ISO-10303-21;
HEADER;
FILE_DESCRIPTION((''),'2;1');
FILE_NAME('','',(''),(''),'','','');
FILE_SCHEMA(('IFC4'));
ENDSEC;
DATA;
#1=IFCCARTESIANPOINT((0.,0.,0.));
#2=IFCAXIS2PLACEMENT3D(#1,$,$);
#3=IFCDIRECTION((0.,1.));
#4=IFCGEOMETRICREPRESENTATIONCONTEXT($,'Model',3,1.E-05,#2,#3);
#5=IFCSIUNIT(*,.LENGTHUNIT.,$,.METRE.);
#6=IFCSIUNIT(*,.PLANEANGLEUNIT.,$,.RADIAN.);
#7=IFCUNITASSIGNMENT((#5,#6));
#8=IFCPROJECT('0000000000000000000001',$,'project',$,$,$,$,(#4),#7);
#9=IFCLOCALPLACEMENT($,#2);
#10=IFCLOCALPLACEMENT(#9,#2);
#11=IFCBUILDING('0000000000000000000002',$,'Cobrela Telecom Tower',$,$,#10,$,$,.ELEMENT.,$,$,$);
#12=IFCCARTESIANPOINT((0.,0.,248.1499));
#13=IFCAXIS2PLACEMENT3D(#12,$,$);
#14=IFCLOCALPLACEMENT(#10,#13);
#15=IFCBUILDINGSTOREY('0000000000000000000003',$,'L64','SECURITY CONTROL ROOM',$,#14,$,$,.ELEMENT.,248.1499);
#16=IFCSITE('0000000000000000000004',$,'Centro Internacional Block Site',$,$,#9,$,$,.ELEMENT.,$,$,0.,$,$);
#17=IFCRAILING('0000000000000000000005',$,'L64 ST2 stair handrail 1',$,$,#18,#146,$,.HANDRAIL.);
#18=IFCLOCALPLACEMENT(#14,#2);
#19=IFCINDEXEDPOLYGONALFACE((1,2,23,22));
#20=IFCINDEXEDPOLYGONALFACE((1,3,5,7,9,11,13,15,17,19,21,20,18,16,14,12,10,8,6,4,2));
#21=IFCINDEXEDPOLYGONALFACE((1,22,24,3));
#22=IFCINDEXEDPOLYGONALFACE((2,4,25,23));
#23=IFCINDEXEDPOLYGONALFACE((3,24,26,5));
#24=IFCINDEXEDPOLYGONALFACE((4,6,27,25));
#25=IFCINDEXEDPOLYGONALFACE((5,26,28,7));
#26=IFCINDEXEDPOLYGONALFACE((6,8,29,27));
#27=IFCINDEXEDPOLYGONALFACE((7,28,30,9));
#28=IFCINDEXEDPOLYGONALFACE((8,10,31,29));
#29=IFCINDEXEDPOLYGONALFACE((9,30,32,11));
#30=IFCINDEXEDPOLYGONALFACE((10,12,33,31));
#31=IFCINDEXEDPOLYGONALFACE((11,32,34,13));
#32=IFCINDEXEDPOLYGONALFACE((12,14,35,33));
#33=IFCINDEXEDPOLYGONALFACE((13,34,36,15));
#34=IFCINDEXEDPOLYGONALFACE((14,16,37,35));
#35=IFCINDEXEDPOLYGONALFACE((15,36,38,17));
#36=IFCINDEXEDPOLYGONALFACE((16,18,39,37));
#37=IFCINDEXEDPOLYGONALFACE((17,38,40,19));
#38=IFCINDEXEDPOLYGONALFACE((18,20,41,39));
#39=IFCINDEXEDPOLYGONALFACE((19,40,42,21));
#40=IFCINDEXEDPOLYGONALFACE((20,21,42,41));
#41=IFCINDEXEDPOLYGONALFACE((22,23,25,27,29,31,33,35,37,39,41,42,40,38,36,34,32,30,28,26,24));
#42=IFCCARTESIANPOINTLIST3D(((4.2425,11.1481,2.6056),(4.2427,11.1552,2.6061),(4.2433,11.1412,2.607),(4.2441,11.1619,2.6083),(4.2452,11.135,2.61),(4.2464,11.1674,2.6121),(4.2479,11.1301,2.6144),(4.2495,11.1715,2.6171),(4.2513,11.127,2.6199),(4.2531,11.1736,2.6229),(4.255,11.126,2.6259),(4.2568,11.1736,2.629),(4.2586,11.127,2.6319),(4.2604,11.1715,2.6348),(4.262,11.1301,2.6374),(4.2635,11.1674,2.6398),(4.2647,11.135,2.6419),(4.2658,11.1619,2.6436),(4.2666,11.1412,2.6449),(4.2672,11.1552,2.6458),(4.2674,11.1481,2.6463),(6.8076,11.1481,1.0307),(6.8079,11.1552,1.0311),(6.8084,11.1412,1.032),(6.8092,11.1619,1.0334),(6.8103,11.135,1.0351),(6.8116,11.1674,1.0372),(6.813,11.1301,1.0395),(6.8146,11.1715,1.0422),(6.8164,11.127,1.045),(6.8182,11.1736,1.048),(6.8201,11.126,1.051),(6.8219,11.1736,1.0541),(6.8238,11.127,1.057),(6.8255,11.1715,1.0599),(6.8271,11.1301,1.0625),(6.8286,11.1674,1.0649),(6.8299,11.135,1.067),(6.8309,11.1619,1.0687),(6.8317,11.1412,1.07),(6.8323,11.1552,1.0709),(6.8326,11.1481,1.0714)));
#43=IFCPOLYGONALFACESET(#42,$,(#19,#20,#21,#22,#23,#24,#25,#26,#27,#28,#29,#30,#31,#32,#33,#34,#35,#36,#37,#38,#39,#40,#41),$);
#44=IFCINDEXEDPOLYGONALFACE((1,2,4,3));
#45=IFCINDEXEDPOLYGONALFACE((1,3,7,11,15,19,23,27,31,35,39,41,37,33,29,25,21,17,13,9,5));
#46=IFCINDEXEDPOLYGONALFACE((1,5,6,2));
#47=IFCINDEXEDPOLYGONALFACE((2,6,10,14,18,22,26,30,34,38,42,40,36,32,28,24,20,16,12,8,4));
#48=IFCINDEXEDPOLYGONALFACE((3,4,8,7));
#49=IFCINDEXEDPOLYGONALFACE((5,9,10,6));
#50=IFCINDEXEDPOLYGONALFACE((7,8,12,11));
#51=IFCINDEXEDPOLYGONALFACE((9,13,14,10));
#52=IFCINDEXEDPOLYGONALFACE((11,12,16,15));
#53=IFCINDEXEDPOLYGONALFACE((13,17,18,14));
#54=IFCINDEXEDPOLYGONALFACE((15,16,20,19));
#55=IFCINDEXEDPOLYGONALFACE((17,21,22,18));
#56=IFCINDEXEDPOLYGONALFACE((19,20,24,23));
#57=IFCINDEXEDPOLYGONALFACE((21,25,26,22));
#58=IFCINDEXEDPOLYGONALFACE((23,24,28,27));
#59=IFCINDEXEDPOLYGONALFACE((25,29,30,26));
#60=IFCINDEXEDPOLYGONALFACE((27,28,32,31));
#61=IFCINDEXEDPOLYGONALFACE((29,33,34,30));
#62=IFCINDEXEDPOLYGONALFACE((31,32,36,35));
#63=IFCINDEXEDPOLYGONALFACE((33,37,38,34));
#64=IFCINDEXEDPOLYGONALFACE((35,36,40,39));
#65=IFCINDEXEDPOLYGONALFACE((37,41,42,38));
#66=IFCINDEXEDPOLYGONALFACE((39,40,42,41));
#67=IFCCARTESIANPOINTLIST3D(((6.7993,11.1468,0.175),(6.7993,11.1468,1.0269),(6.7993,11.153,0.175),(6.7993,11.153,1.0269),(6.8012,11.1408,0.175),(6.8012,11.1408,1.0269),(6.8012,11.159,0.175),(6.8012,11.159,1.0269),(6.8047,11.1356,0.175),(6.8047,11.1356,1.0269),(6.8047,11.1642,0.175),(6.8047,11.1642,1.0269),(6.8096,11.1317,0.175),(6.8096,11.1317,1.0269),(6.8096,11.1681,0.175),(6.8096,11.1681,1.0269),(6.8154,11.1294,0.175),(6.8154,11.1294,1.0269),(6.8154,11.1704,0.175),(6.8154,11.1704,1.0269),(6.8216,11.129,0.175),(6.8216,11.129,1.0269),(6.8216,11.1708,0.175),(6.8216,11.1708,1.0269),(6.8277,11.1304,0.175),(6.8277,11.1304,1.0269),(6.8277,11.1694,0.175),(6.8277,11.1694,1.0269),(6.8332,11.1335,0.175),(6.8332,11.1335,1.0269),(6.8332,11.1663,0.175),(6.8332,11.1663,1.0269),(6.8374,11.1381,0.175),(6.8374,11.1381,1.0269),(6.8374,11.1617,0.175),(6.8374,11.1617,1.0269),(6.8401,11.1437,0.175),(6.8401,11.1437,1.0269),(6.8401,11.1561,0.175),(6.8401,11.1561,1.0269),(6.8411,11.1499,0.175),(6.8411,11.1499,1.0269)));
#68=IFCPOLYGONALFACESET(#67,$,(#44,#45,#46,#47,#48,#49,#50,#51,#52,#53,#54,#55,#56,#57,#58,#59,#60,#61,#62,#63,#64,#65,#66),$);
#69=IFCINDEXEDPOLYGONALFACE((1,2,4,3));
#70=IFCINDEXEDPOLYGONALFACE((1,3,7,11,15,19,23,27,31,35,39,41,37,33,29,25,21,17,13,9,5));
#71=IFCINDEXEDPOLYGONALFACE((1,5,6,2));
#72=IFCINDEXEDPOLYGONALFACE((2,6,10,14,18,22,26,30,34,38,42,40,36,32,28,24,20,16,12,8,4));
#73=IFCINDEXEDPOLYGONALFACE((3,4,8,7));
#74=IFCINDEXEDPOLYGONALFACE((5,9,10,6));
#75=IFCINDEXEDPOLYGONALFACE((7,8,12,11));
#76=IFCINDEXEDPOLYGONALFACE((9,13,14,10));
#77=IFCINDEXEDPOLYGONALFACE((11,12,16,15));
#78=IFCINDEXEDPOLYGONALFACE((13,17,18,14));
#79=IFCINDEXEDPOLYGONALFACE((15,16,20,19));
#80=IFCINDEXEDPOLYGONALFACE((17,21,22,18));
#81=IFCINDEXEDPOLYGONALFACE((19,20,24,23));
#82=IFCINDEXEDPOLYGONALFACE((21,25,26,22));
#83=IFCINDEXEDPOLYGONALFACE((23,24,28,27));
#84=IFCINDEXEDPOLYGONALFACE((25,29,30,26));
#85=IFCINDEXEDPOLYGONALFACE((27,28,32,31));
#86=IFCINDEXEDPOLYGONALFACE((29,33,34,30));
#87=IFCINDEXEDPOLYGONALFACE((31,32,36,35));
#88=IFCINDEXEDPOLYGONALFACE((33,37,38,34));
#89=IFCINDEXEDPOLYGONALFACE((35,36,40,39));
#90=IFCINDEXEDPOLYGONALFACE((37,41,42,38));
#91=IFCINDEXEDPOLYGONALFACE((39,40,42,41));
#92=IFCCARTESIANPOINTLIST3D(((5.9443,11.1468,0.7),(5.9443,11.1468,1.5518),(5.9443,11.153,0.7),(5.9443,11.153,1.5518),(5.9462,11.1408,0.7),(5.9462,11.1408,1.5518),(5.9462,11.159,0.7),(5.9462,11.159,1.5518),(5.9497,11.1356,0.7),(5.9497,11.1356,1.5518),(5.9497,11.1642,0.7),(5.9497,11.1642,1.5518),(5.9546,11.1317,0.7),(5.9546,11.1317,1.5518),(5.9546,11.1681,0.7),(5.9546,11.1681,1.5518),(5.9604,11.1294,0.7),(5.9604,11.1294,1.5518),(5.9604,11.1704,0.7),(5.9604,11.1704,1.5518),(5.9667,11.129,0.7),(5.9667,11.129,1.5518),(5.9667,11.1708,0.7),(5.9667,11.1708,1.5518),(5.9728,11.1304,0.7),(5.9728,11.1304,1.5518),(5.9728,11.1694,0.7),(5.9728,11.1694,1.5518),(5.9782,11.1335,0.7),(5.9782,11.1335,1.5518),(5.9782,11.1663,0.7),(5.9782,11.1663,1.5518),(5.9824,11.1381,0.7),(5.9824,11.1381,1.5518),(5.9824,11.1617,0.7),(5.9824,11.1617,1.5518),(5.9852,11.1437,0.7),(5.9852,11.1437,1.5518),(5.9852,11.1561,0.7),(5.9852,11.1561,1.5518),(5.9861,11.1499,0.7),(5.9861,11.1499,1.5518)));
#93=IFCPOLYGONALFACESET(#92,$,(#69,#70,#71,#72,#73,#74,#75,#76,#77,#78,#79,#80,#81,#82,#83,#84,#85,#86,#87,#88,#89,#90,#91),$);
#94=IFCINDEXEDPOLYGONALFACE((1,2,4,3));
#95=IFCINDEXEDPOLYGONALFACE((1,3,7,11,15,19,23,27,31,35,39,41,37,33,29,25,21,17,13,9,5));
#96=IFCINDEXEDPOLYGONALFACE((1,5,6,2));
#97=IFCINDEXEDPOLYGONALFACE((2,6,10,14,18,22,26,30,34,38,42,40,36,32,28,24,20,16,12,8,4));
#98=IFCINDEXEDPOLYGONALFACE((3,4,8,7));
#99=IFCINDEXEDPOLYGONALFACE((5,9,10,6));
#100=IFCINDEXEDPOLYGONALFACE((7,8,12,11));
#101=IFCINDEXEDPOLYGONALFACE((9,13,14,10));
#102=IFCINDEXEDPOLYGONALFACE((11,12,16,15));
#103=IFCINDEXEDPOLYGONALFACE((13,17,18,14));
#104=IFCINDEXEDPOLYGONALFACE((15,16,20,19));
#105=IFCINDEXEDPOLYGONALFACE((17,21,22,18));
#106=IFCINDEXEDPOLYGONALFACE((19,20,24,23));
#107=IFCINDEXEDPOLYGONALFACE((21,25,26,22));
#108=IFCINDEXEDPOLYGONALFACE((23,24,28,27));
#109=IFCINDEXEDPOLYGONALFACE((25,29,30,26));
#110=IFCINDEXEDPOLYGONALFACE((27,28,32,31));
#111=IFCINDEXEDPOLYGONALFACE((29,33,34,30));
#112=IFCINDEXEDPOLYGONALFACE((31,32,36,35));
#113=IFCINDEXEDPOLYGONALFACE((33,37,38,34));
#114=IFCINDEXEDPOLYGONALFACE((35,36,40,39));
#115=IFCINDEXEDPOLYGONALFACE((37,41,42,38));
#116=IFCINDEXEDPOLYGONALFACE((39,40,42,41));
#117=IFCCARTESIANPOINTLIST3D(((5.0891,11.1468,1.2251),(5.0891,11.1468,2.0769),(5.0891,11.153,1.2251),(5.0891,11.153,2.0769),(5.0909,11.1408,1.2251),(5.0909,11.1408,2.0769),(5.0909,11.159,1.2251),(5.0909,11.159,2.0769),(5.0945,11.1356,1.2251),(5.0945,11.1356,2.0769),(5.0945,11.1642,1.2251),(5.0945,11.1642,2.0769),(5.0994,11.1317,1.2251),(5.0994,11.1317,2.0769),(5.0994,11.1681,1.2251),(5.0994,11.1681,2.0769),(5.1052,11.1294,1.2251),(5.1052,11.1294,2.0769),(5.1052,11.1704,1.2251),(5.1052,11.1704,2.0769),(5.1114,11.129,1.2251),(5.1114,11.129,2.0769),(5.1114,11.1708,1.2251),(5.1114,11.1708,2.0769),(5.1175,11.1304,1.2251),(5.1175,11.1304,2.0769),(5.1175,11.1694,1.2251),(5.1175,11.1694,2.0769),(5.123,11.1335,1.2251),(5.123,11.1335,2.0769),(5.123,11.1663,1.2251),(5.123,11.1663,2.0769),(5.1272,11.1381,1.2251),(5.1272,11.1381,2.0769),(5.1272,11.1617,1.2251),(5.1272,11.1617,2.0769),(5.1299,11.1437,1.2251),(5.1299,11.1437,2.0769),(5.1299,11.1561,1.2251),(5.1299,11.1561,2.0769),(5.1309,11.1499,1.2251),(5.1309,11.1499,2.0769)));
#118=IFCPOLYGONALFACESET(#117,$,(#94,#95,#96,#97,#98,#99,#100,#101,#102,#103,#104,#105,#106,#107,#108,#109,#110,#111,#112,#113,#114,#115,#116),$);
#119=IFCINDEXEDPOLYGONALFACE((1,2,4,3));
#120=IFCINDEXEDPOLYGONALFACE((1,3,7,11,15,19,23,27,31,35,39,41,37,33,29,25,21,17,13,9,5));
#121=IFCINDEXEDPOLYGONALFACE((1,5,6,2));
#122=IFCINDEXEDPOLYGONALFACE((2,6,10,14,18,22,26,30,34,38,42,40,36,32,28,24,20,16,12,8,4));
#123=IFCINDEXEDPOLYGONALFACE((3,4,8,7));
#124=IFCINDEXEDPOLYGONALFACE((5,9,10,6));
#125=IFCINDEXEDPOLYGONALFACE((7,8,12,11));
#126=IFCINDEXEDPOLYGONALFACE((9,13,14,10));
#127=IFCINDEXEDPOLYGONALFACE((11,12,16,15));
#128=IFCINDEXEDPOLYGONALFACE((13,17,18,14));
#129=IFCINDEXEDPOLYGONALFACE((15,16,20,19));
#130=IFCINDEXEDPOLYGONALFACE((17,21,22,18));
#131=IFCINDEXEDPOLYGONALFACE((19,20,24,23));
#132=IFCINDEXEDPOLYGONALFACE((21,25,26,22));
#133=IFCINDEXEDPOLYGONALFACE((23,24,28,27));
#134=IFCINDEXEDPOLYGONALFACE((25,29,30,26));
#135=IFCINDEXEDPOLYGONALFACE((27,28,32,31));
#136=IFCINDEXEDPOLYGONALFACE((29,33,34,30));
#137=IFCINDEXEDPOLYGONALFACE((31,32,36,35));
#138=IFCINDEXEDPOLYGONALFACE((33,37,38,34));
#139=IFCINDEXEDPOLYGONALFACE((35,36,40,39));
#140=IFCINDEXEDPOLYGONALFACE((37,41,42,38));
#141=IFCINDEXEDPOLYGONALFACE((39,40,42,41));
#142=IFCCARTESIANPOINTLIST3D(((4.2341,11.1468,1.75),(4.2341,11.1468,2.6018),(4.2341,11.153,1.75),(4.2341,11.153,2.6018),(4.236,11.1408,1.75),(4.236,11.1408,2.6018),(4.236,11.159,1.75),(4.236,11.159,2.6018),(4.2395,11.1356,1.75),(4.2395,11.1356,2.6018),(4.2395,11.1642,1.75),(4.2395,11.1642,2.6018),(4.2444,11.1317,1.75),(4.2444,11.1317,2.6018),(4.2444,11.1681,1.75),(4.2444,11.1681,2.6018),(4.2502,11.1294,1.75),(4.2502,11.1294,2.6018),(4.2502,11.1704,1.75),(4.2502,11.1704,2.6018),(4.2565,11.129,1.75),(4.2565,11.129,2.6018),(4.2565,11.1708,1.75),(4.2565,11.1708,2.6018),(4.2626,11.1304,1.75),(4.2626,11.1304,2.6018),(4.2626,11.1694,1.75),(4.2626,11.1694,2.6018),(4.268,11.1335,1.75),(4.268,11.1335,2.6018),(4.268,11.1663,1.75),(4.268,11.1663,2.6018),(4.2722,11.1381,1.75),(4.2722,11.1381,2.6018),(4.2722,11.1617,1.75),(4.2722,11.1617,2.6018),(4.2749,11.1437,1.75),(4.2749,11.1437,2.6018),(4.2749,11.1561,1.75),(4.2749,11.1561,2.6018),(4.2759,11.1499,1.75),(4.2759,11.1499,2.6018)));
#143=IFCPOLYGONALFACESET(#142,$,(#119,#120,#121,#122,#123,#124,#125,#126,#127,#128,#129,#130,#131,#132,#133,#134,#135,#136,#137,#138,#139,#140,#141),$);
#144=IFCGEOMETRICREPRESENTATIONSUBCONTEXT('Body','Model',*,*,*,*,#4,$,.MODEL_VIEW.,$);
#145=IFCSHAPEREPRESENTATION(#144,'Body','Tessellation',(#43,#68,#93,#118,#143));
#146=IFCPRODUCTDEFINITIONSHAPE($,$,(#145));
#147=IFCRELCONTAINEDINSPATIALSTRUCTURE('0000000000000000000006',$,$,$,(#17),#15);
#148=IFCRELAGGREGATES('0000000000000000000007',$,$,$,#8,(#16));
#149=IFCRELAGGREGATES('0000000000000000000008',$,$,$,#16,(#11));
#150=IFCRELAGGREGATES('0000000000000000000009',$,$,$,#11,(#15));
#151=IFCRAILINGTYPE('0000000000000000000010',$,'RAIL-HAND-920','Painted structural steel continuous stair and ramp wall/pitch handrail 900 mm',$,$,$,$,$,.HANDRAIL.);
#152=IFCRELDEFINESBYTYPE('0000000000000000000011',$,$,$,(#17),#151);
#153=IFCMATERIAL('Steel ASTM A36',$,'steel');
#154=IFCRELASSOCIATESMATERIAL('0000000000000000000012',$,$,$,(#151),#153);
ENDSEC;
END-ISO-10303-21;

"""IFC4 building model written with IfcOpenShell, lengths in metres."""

from ifc_helpers import new_model, si_unit, direction, frame, origin, origin_2d, place, context, subcontext, project, spatial, circle, extrude, material, type_object, element, save


model = new_model("IFC4")

# Units and contexts
model_context = context("Model", 3, precision=1e-05, world=origin(), true_north=direction((0.0, 1.0)))
body_context = subcontext(model_context, "Body", "Model", "MODEL_VIEW")
ifc_project = project(units=[si_unit("LENGTHUNIT", "METRE"), si_unit("PLANEANGLEUNIT", "RADIAN")], contexts=[model_context])

# Site, building, storey
site_placement = place(None, origin())
site = spatial("IfcSite", under=ifc_project, at=site_placement, Name="Centro Internacional Block Site", CompositionType="ELEMENT", RefElevation=0.0)
building_placement = place(site_placement, origin())
building = spatial("IfcBuilding", under=site, at=building_placement, Name="Cobrela Telecom Tower", CompositionType="ELEMENT")
storey_placement = place(building_placement, frame((0.0, 0.0, 248.1499)))
storey = spatial("IfcBuildingStorey", under=building, at=storey_placement, Name="L64", Description="SECURITY CONTROL ROOM", CompositionType="ELEMENT", Elevation=248.1499)

# Railing
ifc_material_1 = material(Name="Steel ASTM A36", Category="steel")
railing_type = type_object("IfcRailingType", Name="RAIL-HAND-920", Description="Painted structural steel continuous stair and ramp wall/pitch handrail 900 mm", PredefinedType="HANDRAIL", material=ifc_material_1)
railing_placement = place(storey_placement, frame((6.8201, 11.1499, 0.175)))
element("IfcRailing", 1, at=railing_placement, inside=storey, type_object=railing_type, Name="L64 ST2 stair handrail 1", PredefinedType="HANDRAIL", context=body_context, shape_type="SweptSolid", body=[
    extrude(circle(Radius=0.0239, at=origin_2d()), frame((0.0, 0.0, 0.876), z_axis=(-0.852195, 0.0, 0.523224), x_axis=(0.0, -1.0, 0.0)), (0.0, 0.0, 1.0), 3.01),
    extrude(circle(Radius=0.021, at=origin_2d()), origin(), (0.0, 0.0, 1.0), 0.8518),
    extrude(circle(Radius=0.021, at=origin_2d()), frame((-0.855, 0.0, 0.5249)), (0.0, 0.0, 1.0), 0.8518),
    extrude(circle(Radius=0.021, at=origin_2d()), frame((-1.7102, 0.0, 1.05)), (0.0, 0.0, 1.0), 0.8518),
    extrude(circle(Radius=0.021, at=origin_2d()), frame((-2.5652, 0.0, 1.575)), (0.0, 0.0, 1.0), 0.8518),
])

save(model, "model.ifc")
